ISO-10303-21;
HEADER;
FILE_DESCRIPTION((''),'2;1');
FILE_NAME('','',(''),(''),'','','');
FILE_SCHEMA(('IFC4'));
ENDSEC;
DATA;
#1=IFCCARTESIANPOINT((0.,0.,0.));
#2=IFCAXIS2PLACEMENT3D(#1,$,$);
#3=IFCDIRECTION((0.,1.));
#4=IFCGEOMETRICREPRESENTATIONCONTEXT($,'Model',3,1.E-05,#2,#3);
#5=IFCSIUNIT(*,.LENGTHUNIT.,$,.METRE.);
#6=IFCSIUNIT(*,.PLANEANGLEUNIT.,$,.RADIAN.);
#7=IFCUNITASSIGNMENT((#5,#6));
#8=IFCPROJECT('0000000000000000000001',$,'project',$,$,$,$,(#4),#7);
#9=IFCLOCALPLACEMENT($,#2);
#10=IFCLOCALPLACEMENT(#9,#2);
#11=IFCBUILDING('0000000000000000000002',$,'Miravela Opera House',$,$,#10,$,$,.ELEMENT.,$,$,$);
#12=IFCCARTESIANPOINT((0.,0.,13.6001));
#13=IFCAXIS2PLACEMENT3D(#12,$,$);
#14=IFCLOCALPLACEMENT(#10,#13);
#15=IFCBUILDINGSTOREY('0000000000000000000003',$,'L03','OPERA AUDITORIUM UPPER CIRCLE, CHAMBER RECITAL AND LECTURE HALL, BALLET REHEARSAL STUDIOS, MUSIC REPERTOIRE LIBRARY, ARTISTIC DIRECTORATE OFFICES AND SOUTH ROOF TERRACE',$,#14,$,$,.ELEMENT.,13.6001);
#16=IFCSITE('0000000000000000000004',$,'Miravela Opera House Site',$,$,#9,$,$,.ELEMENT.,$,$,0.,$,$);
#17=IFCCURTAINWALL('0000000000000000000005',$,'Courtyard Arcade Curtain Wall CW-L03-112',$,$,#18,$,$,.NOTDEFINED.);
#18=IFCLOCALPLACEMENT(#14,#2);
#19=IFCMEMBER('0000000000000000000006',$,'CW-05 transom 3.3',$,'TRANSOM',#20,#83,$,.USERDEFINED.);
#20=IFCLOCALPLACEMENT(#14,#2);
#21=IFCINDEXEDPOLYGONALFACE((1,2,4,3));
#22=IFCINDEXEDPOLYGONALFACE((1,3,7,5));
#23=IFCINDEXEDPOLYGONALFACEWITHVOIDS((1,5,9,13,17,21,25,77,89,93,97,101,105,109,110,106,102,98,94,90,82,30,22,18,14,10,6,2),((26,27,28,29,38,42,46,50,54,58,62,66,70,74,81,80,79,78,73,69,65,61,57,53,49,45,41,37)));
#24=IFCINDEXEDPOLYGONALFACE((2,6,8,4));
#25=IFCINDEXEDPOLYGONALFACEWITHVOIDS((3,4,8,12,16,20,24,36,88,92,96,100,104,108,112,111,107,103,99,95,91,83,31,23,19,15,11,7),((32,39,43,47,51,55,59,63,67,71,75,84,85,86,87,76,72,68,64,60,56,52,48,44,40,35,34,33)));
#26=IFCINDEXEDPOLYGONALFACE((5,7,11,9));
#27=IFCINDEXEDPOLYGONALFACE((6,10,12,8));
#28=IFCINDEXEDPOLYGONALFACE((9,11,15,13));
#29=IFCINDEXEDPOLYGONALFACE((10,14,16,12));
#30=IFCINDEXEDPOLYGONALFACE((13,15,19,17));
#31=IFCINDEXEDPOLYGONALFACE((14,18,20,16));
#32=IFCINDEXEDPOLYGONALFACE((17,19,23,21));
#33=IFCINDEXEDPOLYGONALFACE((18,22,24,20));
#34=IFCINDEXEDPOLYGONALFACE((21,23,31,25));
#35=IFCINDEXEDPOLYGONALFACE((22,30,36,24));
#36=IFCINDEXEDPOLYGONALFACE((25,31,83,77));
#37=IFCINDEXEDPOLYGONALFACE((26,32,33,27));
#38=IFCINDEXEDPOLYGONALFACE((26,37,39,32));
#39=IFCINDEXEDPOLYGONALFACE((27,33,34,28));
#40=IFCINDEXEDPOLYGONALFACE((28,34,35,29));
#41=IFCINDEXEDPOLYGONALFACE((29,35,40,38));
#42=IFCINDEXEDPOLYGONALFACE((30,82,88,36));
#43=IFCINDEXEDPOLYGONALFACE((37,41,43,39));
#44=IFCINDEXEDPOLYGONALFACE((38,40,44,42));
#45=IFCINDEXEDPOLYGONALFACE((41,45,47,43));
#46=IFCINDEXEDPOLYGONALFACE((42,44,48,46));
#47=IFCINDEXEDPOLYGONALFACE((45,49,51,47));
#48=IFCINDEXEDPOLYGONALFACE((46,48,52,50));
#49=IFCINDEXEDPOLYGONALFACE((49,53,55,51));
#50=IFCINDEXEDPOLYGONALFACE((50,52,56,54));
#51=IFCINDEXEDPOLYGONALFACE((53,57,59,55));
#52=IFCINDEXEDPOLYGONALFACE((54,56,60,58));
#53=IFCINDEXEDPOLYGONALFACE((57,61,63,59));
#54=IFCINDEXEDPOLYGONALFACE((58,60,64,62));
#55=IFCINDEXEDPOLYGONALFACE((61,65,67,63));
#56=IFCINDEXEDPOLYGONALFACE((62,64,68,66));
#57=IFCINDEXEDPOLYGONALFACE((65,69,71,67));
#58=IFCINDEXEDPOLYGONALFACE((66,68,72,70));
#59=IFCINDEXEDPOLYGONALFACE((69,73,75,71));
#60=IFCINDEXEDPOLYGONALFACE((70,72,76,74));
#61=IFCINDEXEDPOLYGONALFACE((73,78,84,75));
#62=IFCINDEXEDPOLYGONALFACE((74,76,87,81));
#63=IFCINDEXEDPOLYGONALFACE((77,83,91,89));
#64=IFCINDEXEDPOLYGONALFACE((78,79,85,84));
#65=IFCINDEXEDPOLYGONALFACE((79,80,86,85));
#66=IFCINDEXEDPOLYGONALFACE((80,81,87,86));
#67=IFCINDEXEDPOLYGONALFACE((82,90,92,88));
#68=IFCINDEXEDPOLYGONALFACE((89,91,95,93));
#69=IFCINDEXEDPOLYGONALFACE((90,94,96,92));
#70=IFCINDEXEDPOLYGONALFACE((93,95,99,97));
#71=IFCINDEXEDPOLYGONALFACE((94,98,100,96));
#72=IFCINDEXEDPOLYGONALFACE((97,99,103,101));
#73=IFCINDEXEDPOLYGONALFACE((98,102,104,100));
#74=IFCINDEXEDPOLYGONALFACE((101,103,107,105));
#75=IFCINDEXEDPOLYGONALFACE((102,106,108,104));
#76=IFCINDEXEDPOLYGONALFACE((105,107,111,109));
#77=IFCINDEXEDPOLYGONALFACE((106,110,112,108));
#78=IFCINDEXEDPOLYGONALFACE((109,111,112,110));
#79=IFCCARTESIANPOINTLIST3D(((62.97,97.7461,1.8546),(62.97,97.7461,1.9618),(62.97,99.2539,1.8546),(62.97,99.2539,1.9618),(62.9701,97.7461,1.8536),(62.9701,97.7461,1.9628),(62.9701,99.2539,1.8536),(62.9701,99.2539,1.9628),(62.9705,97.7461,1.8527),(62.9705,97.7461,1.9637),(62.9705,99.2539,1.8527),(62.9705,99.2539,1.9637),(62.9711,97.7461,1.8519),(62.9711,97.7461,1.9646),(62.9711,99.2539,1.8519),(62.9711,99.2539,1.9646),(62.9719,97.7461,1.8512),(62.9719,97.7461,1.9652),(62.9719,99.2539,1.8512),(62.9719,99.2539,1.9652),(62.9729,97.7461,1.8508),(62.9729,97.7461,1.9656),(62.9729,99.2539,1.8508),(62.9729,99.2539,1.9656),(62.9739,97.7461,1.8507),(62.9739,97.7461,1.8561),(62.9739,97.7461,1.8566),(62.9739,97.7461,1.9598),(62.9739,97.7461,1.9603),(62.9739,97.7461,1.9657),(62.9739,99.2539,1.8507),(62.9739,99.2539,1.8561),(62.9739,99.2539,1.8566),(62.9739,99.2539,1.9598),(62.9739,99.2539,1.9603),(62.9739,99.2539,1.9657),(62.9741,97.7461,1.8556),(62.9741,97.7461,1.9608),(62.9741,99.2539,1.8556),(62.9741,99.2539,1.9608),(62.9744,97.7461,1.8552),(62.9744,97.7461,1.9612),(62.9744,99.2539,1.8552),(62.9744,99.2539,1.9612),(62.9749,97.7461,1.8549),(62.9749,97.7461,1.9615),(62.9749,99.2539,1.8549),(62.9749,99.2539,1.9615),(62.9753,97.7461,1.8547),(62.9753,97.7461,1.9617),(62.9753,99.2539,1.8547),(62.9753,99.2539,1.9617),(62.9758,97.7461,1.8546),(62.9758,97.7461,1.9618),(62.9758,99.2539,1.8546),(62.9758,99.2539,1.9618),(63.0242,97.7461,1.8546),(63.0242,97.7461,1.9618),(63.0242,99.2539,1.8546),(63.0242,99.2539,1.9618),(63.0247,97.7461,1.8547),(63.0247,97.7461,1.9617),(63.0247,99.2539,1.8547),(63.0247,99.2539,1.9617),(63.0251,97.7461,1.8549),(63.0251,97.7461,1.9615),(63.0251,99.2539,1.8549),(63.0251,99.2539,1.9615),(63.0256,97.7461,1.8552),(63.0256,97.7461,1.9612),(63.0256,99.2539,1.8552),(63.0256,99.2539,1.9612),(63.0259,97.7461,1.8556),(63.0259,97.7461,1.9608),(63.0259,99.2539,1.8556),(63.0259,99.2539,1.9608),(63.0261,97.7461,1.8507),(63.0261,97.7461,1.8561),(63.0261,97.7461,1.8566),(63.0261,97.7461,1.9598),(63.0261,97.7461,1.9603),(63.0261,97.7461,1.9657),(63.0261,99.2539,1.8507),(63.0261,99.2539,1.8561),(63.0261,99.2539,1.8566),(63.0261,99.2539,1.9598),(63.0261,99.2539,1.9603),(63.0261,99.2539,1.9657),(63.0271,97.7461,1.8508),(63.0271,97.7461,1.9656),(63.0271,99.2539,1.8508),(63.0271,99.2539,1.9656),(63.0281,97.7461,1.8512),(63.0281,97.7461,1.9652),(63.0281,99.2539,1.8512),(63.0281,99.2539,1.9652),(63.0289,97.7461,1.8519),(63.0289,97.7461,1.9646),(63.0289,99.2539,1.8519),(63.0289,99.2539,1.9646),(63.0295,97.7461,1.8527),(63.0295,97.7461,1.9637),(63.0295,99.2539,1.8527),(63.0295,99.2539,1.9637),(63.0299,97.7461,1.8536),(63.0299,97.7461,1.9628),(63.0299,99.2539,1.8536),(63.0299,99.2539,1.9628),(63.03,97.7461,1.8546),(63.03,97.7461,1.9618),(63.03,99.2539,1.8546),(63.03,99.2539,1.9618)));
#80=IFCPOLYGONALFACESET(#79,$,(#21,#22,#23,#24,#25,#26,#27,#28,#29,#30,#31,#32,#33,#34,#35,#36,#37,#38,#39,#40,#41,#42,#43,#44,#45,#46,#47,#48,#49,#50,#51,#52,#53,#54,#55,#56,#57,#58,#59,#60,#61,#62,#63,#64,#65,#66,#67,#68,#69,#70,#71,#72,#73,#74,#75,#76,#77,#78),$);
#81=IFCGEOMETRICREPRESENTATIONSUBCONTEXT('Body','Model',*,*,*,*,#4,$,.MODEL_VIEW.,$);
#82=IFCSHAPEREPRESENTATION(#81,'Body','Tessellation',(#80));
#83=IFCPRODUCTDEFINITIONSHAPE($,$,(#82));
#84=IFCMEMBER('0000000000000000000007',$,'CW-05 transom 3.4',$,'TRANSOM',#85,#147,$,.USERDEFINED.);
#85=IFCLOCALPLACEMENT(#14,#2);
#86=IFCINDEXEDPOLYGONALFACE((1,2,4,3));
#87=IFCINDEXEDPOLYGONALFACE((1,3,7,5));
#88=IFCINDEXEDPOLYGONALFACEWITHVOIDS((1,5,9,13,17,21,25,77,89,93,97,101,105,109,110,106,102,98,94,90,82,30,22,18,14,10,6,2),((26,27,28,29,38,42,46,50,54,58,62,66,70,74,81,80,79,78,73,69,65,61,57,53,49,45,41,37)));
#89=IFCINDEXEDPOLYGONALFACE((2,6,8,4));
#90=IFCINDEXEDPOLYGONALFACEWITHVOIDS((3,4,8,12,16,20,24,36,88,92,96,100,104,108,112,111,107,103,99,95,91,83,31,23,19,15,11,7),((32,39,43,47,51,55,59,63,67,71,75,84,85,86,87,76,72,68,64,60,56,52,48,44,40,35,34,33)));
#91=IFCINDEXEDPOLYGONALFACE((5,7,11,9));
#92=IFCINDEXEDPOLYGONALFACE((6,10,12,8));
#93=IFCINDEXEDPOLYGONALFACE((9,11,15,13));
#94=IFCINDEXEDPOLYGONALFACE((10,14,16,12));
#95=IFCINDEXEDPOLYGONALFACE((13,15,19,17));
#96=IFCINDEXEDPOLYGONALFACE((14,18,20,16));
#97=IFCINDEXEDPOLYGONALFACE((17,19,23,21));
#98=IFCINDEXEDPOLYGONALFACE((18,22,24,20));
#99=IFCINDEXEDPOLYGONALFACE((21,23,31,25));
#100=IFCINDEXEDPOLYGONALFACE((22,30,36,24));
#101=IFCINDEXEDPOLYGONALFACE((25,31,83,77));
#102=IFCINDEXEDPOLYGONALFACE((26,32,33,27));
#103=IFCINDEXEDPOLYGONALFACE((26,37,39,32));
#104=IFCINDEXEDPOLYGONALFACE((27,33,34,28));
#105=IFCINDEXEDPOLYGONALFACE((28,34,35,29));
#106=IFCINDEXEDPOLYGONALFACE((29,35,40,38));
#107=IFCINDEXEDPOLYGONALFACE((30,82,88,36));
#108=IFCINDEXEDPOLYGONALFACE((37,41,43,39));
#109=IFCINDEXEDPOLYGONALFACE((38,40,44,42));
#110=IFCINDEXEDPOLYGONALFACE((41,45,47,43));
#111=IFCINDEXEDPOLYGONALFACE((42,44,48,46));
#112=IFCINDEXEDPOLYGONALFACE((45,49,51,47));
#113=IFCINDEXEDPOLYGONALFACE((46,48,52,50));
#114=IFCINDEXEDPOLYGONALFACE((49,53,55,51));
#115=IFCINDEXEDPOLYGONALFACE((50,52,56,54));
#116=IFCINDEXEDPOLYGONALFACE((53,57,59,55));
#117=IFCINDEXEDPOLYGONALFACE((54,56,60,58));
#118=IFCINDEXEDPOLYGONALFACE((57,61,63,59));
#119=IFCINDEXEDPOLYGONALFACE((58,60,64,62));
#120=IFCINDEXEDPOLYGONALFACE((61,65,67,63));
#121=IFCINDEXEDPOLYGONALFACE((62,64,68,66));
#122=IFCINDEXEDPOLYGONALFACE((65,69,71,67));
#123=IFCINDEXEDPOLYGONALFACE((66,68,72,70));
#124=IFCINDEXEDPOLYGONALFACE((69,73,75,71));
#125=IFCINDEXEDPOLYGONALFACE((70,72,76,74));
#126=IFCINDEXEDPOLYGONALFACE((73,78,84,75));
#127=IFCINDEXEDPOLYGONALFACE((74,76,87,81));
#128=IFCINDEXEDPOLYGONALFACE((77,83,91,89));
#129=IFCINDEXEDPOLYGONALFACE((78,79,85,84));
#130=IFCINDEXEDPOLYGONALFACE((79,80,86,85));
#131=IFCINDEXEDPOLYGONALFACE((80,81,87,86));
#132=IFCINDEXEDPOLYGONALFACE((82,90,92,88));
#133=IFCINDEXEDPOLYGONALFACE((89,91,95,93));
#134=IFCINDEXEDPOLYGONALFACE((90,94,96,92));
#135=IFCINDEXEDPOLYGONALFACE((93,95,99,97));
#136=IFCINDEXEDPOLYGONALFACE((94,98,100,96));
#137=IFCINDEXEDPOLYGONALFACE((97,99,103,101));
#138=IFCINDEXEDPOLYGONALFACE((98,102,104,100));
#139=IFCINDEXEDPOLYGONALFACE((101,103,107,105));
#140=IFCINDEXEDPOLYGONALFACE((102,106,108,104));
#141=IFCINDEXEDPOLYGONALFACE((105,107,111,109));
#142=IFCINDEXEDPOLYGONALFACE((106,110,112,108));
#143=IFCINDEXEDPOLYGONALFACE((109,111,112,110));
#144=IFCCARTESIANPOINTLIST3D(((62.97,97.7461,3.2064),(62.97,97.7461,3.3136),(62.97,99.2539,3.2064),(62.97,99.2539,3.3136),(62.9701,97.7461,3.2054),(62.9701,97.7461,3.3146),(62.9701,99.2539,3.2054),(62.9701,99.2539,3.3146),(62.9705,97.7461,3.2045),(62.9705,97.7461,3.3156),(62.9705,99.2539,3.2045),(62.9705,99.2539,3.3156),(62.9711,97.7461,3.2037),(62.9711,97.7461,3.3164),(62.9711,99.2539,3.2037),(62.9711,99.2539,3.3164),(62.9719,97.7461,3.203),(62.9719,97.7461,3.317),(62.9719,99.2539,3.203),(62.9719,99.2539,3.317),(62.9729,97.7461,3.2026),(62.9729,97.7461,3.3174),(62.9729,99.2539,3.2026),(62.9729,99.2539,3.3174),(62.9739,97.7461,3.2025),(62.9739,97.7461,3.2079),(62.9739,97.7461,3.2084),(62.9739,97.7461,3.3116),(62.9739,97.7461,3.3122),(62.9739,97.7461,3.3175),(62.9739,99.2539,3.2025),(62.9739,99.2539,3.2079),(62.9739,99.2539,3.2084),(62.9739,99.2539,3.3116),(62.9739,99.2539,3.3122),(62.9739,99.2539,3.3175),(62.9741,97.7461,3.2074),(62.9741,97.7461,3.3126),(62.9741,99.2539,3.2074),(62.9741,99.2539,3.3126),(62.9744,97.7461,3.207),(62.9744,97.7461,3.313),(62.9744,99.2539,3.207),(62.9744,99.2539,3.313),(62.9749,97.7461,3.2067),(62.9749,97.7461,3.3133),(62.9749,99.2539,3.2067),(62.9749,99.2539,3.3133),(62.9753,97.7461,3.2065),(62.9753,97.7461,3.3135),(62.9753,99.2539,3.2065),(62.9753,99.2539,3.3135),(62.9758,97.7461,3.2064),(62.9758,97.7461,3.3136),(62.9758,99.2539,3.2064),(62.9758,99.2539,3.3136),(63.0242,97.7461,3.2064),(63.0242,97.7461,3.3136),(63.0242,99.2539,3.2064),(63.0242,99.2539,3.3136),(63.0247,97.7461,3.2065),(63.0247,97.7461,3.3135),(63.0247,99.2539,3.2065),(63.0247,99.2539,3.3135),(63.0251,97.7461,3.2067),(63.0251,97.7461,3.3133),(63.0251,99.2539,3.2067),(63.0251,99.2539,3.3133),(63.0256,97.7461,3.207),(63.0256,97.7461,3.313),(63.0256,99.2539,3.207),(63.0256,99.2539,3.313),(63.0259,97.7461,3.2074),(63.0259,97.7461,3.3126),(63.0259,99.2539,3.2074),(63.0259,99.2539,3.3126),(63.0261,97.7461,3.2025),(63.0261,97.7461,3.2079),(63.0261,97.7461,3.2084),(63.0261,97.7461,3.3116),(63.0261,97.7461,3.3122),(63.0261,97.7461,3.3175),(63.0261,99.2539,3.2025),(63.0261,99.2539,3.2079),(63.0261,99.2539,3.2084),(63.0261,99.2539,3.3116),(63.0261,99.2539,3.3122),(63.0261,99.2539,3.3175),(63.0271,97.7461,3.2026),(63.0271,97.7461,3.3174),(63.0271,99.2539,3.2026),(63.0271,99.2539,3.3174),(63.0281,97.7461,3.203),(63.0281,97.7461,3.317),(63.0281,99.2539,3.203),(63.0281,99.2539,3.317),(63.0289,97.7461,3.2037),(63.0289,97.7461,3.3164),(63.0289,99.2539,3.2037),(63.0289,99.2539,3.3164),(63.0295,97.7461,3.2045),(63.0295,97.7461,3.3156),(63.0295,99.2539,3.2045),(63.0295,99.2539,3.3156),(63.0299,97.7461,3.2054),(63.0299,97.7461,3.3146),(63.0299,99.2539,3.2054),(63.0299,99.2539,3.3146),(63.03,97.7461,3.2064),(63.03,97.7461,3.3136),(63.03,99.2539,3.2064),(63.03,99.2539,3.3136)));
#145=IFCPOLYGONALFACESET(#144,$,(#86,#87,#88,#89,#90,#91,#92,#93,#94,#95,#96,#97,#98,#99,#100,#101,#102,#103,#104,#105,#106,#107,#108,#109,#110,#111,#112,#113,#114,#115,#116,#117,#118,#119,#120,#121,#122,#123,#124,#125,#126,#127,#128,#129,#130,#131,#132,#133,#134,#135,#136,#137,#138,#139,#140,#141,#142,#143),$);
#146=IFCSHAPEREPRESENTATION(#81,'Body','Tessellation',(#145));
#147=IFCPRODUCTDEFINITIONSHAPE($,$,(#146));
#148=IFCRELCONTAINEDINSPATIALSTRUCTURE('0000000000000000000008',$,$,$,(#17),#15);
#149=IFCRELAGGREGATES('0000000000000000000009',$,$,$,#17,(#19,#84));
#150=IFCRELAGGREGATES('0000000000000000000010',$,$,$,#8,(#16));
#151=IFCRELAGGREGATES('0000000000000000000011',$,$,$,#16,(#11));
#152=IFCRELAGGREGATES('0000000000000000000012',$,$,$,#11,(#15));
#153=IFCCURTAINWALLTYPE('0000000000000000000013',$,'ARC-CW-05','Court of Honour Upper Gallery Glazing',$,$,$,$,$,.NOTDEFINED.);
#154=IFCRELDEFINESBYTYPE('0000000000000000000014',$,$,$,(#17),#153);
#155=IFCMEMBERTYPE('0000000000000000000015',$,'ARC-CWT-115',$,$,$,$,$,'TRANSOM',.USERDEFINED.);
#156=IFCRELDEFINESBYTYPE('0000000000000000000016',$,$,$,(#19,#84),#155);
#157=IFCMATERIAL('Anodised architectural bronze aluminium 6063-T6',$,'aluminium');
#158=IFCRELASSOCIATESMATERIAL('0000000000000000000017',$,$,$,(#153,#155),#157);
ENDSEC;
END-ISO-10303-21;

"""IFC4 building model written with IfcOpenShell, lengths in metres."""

from ifc_helpers import new_model, si_unit, direction, frame, origin, origin_2d, place, context, subcontext, project, spatial, hollow_rectangle, extrude, material, material_profile, profile_set, type_object, element, aggregate, save


model = new_model("IFC4")

# Units and contexts
model_context = context("Model", 3, precision=1e-05, world=origin(), true_north=direction((0.0, 1.0)))
body_context = subcontext(model_context, "Body", "Model", "MODEL_VIEW")
ifc_project = project(units=[si_unit("LENGTHUNIT", "METRE"), si_unit("PLANEANGLEUNIT", "RADIAN")], contexts=[model_context])

# Site, building, storey
site_placement = place(None, origin())
site = spatial("IfcSite", under=ifc_project, at=site_placement, Name="Miravela Opera House Site", CompositionType="ELEMENT", RefElevation=0.0)
building_placement = place(site_placement, origin())
building = spatial("IfcBuilding", under=site, at=building_placement, Name="Miravela Opera House", CompositionType="ELEMENT")
storey_placement = place(building_placement, frame((0.0, 0.0, 13.6001)))
storey = spatial("IfcBuildingStorey", under=building, at=storey_placement, Name="L03", Description="OPERA AUDITORIUM UPPER CIRCLE, CHAMBER RECITAL AND LECTURE HALL, BALLET REHEARSAL STUDIOS, MUSIC REPERTOIRE LIBRARY, ARTISTIC DIRECTORATE OFFICES AND SOUTH ROOF TERRACE", CompositionType="ELEMENT", Elevation=13.6001)

# Curtain wall, members
ifc_material_1 = material(Name="Anodised architectural bronze aluminium 6063-T6", Category="aluminium")
curtain_wall_type = type_object("IfcCurtainWallType", Name="ARC-CW-05", Description="Court of Honour Upper Gallery Glazing", PredefinedType="NOTDEFINED", material=ifc_material_1)
curtain_wall_placement = place(storey_placement, origin())
curtain_wall = element("IfcCurtainWall", 1, at=curtain_wall_placement, inside=storey, type_object=curtain_wall_type, Name="Courtyard Arcade Curtain Wall CW-L03-112", PredefinedType="NOTDEFINED")
ifc_material_profile_1 = material_profile(ifc_material_1, hollow_rectangle(XDim=0.0601, YDim=0.115, WallThickness=0.0039, InnerFilletRadius=0.002, OuterFilletRadius=0.0039, at=origin_2d()), Name="CWT-60X115")
ifc_profile_set_1 = profile_set([ifc_material_profile_1])
member_type_1 = type_object("IfcMemberType", Name="ARC-CWT-115", ElementType="TRANSOM", PredefinedType="USERDEFINED", material=ifc_profile_set_1)
member_1_placement = place(storey_placement, frame((63.0, 97.7461, 1.9082), z_axis=(0.0, 1.0, 0.0), x_axis=(-1.0, 0.0, 0.0)))
member_1 = element("IfcMember", 2, at=member_1_placement, type_object=member_type_1, Name="CW-05 transom 3.3", ObjectType="TRANSOM", PredefinedType="USERDEFINED", context=body_context, shape_type="SweptSolid", body=[
    extrude(hollow_rectangle(XDim=0.0601, YDim=0.115, WallThickness=0.0039, InnerFilletRadius=0.002, OuterFilletRadius=0.0039, at=origin_2d()), origin(), (0.0, 0.0, 1.0), 1.5078),
])
member_2_placement = place(storey_placement, frame((63.0, 97.7461, 3.26), z_axis=(0.0, 1.0, 0.0), x_axis=(-1.0, 0.0, 0.0)))
member_2 = element("IfcMember", 3, at=member_2_placement, type_object=member_type_1, Name="CW-05 transom 3.4", ObjectType="TRANSOM", PredefinedType="USERDEFINED", context=body_context, shape_type="SweptSolid", body=[
    extrude(hollow_rectangle(XDim=0.0601, YDim=0.115, WallThickness=0.0039, InnerFilletRadius=0.002, OuterFilletRadius=0.0039, at=origin_2d()), origin(), (0.0, 0.0, 1.0), 1.5078),
])

aggregate(curtain_wall, [member_1, member_2])

save(model, "model.ifc")
